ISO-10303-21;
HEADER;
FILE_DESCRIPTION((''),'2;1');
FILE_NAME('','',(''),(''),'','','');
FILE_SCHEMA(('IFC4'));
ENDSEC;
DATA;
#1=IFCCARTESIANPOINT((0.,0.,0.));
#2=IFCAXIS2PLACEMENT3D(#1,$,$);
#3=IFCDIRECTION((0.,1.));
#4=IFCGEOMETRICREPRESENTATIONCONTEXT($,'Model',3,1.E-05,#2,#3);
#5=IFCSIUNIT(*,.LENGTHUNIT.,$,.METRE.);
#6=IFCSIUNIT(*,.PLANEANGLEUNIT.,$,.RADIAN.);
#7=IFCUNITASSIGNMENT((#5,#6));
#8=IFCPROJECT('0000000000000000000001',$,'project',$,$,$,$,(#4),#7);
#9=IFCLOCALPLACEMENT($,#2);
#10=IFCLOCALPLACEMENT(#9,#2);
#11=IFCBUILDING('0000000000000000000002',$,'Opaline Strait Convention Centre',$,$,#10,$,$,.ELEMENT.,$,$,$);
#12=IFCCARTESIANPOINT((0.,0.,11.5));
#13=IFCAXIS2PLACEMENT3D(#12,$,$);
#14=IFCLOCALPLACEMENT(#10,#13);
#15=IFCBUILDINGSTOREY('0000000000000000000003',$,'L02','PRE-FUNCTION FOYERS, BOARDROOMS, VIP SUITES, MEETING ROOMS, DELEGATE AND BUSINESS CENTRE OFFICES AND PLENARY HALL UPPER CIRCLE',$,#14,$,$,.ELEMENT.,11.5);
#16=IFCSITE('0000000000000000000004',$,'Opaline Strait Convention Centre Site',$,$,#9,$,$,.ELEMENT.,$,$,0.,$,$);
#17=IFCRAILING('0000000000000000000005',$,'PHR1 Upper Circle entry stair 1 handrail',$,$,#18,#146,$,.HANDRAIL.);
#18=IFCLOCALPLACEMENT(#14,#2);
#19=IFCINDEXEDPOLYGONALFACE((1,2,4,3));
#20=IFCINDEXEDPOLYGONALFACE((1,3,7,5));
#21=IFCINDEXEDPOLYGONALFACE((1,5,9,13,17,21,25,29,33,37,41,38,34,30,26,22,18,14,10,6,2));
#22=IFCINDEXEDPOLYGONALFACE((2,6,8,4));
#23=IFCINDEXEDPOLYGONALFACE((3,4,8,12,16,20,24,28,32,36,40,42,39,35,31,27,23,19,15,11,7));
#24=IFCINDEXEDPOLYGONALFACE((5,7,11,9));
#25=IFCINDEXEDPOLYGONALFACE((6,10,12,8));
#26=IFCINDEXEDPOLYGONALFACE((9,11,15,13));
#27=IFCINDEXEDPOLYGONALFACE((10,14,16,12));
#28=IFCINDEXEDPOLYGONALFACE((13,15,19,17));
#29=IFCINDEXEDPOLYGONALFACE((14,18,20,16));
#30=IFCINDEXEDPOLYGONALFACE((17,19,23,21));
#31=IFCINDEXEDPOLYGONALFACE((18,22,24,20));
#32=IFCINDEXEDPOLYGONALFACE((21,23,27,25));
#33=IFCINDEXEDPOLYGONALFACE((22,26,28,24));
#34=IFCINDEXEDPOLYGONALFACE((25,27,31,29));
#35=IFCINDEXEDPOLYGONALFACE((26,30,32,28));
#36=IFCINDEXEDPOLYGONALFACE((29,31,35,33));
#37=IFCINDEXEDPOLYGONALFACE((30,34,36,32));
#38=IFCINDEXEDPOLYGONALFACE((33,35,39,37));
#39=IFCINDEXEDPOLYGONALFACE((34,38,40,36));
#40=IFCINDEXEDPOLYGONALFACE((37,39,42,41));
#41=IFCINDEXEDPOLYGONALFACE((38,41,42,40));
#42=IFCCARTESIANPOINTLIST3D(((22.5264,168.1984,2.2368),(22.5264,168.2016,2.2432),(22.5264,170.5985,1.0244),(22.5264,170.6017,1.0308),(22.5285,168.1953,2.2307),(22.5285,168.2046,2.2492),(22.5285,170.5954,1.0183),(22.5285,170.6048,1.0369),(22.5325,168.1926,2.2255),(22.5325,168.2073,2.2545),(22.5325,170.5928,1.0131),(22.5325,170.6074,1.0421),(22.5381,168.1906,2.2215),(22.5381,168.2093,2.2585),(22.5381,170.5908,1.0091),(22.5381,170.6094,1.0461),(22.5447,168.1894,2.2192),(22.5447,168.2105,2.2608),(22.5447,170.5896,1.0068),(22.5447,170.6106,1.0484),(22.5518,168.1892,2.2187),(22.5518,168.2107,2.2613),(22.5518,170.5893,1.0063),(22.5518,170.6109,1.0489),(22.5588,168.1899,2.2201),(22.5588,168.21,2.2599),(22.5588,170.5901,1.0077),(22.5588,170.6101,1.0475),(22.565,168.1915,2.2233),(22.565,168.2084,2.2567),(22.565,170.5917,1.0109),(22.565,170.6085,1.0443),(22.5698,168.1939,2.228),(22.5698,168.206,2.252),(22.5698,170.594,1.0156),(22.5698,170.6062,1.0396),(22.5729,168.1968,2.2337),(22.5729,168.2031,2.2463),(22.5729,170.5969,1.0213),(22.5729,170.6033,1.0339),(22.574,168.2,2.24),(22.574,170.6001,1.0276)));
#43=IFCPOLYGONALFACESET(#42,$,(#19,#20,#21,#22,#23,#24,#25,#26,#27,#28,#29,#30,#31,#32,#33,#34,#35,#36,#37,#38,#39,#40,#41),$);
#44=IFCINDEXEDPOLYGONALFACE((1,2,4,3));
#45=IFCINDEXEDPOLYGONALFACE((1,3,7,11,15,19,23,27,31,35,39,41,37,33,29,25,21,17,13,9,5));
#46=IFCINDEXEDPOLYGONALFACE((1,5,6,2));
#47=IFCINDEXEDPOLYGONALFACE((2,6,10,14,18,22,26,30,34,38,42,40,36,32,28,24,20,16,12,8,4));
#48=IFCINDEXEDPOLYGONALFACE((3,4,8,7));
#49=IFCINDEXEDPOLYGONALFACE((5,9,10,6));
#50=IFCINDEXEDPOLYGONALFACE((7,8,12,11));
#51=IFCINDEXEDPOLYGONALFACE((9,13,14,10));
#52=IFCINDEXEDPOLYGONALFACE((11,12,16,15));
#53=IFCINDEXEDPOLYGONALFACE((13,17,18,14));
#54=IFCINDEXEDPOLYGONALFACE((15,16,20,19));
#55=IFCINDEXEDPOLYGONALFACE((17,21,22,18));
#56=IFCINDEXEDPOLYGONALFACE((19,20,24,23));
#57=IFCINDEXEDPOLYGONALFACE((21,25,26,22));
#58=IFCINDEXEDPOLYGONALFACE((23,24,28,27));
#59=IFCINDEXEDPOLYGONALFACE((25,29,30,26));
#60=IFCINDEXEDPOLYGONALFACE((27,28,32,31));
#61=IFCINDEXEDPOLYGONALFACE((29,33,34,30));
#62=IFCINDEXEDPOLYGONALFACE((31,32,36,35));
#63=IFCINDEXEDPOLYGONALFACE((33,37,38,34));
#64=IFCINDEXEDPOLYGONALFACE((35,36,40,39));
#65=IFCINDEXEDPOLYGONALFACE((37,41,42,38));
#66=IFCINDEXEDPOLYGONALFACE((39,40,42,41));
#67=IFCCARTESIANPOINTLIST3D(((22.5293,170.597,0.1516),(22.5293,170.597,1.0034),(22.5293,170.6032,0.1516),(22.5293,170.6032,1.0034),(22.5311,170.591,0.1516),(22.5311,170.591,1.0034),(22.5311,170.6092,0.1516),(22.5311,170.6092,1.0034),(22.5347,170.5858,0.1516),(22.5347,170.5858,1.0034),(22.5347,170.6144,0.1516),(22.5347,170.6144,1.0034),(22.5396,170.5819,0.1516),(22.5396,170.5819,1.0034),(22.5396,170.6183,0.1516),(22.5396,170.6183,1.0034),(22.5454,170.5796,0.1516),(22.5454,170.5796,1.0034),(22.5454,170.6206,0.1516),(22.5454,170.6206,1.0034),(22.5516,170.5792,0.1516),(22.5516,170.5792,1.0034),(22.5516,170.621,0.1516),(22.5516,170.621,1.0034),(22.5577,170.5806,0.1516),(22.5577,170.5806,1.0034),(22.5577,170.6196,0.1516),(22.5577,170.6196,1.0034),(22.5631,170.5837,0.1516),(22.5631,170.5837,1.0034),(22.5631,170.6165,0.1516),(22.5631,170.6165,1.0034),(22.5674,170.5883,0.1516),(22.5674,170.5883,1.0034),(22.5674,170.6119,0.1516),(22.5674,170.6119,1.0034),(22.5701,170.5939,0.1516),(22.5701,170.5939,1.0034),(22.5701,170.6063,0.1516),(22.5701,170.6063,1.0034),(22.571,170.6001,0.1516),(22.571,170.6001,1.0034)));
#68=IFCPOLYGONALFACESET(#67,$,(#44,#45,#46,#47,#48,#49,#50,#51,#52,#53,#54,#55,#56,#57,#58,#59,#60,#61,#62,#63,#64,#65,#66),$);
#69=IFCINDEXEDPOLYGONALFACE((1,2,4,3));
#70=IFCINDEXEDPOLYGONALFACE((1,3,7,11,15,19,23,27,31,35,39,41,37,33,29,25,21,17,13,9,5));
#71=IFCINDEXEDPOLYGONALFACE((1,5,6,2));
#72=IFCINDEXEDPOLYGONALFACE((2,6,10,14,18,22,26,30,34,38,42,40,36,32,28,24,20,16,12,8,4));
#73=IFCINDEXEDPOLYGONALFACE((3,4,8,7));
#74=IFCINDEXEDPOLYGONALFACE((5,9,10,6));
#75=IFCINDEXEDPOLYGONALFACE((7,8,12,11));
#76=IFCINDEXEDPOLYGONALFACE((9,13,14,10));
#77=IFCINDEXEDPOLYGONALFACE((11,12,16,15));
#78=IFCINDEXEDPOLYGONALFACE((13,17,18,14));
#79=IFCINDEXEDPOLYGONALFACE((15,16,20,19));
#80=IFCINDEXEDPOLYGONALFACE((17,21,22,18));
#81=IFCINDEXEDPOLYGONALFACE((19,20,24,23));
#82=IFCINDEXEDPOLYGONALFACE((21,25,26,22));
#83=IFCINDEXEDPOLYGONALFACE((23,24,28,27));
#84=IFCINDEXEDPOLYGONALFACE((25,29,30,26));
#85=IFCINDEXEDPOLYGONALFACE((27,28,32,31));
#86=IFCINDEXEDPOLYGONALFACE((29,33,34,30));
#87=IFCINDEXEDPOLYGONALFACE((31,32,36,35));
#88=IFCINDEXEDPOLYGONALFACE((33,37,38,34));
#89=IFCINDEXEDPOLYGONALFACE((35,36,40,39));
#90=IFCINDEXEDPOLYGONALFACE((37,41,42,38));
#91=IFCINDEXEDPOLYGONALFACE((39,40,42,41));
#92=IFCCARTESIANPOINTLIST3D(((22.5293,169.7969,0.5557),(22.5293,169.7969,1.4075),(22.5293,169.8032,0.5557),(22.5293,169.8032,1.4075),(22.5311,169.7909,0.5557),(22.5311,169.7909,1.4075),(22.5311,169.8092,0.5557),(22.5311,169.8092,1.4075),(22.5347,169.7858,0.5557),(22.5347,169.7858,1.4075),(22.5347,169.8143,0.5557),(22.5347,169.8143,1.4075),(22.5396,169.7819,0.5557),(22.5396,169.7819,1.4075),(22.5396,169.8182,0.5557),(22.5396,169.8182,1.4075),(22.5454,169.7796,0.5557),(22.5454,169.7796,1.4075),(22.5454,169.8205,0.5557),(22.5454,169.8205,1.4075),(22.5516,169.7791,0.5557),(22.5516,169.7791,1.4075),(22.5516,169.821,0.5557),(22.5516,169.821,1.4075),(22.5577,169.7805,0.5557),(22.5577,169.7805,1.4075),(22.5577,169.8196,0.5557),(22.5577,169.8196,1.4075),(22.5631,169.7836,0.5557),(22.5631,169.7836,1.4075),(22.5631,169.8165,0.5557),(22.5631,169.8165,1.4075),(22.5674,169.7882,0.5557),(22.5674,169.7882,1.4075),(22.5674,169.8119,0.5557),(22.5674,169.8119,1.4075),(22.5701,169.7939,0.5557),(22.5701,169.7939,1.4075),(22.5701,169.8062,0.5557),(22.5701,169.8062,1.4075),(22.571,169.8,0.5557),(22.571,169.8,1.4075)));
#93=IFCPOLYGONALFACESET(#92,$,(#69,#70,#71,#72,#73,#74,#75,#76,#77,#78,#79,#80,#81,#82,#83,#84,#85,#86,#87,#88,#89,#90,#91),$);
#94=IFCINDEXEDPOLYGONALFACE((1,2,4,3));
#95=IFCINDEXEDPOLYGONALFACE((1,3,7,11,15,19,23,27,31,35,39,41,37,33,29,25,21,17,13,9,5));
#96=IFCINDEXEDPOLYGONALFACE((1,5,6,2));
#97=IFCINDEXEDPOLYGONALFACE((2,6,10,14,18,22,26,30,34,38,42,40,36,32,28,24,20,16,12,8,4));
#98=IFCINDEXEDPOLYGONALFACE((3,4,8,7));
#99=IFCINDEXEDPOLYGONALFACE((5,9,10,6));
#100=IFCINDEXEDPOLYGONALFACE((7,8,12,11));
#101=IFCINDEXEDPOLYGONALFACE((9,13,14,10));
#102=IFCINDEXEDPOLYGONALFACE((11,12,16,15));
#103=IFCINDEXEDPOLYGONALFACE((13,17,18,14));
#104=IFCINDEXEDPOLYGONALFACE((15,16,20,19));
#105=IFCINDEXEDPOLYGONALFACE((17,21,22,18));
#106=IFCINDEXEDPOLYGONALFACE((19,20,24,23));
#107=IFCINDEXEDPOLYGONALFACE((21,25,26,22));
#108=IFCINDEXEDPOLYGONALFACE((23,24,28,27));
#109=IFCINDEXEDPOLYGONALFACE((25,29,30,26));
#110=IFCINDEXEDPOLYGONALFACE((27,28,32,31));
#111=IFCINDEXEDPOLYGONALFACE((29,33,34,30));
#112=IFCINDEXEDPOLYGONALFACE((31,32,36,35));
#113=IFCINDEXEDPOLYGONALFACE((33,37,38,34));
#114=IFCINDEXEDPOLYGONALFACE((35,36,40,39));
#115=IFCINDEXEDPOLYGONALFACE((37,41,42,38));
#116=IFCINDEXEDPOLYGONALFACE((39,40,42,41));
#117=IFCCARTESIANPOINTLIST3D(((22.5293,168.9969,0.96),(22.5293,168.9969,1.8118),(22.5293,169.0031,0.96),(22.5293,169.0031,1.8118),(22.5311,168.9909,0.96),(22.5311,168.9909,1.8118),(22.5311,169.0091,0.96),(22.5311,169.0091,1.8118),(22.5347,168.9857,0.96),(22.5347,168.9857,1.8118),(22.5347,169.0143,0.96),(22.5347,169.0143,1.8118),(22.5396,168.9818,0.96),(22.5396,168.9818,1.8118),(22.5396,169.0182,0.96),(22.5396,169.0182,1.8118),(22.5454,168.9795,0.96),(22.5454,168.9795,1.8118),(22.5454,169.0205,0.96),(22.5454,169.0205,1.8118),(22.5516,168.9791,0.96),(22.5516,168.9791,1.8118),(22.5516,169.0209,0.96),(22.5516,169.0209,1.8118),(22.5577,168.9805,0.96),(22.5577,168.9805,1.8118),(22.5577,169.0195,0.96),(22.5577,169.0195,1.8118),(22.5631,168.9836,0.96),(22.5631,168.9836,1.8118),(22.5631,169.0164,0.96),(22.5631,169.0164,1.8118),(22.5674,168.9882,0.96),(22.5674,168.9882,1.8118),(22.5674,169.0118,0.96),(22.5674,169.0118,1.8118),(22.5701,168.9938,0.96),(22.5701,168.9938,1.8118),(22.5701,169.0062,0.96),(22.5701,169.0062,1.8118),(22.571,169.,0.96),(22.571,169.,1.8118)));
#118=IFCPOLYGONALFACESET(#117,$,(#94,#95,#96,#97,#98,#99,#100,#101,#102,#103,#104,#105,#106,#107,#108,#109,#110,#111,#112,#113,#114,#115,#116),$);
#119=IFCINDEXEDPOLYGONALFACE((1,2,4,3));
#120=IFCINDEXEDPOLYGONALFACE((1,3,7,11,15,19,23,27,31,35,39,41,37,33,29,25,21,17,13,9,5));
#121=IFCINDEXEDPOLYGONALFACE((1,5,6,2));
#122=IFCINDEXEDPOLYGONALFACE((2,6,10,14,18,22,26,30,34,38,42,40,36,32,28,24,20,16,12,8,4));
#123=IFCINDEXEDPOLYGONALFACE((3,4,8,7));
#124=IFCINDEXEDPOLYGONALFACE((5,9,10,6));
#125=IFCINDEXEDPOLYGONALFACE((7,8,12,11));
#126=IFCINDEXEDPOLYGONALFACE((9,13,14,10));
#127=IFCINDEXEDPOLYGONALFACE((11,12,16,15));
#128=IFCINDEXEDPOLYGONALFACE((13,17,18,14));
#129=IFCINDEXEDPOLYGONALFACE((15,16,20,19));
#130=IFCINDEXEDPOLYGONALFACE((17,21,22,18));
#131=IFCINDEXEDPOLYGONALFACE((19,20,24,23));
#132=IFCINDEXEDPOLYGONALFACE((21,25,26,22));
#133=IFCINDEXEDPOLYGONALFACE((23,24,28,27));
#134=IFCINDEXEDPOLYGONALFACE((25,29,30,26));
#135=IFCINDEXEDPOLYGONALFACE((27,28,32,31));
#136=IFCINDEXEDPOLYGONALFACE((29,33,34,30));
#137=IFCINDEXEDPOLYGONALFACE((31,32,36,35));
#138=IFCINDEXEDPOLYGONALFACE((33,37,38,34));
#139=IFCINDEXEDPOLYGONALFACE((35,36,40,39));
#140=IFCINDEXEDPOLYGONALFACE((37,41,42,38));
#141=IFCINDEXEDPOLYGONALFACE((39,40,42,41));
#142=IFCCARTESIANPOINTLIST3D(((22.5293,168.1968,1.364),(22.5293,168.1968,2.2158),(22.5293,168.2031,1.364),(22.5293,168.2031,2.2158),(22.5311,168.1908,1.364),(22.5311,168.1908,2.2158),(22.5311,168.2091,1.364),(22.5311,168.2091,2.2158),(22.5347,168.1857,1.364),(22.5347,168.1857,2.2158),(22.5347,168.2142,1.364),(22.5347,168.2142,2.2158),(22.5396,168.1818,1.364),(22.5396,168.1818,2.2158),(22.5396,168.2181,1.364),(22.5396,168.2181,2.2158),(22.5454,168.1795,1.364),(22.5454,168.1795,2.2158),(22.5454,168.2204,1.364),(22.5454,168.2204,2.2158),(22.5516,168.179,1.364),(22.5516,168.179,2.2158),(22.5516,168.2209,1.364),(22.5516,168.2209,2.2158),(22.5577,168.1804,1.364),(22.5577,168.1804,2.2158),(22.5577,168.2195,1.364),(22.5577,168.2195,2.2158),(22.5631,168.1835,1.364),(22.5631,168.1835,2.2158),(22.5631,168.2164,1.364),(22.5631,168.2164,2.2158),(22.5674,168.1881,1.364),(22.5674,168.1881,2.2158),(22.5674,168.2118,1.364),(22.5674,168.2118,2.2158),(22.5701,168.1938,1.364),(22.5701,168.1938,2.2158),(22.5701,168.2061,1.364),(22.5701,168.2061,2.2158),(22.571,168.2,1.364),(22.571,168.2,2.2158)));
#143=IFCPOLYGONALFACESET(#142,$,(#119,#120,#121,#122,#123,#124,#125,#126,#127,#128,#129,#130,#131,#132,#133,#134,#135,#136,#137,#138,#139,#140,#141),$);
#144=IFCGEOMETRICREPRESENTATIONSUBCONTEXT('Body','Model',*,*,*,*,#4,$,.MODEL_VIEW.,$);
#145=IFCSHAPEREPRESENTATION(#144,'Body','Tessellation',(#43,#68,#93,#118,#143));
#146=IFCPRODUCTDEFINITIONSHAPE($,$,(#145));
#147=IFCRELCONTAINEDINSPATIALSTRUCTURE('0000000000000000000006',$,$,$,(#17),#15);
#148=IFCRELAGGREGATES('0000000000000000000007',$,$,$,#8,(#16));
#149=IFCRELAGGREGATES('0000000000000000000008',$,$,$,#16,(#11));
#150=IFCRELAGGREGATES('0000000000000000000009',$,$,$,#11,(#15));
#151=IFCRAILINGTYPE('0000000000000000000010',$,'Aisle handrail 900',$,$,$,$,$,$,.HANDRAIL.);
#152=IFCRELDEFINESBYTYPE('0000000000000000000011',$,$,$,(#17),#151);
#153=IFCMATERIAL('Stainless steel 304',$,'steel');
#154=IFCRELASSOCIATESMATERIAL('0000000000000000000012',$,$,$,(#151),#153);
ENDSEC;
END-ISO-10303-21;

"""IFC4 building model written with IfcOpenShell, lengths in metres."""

from ifc_helpers import new_model, si_unit, direction, frame, origin, origin_2d, place, context, subcontext, project, spatial, circle, extrude, material, type_object, element, save


model = new_model("IFC4")

# Units and contexts
model_context = context("Model", 3, precision=1e-05, world=origin(), true_north=direction((0.0, 1.0)))
body_context = subcontext(model_context, "Body", "Model", "MODEL_VIEW")
ifc_project = project(units=[si_unit("LENGTHUNIT", "METRE"), si_unit("PLANEANGLEUNIT", "RADIAN")], contexts=[model_context])

# Site, building, storey
site_placement = place(None, origin())
site = spatial("IfcSite", under=ifc_project, at=site_placement, Name="Opaline Strait Convention Centre Site", CompositionType="ELEMENT", RefElevation=0.0)
building_placement = place(site_placement, origin())
building = spatial("IfcBuilding", under=site, at=building_placement, Name="Opaline Strait Convention Centre", CompositionType="ELEMENT")
storey_placement = place(building_placement, frame((0.0, 0.0, 11.5)))
storey = spatial("IfcBuildingStorey", under=building, at=storey_placement, Name="L02", Description="PRE-FUNCTION FOYERS, BOARDROOMS, VIP SUITES, MEETING ROOMS, DELEGATE AND BUSINESS CENTRE OFFICES AND PLENARY HALL UPPER CIRCLE", CompositionType="ELEMENT", Elevation=11.5)

# Railing
ifc_material_1 = material(Name="Stainless steel 304", Category="steel")
railing_type_1 = type_object("IfcRailingType", Name="Aisle handrail 900", PredefinedType="HANDRAIL", material=ifc_material_1)
for number, where, name in (
    (1, (22.55, 170.6001, 0.1516), "PHR1 Upper Circle entry stair 1 handrail"),
):
    element("IfcRailing", number, at=place(storey_placement, frame(where)), inside=storey, type_object=railing_type_1, Name=name, PredefinedType="HANDRAIL", context=body_context, shape_type="SweptSolid", body=[
        extrude(circle(Radius=0.0239, at=origin_2d()), frame((0.0, 0.0, 0.876), z_axis=(0.0, -0.892586, 0.450878), x_axis=(1.0, 0.0, 0.0)), (0.0, 0.0, 1.0), 2.689),
        extrude(circle(Radius=0.021, at=origin_2d()), origin(), (0.0, 0.0, 1.0), 0.8518),
        extrude(circle(Radius=0.021, at=origin_2d()), frame((0.0, -0.8, 0.4041)), (0.0, 0.0, 1.0), 0.8518),
        extrude(circle(Radius=0.021, at=origin_2d()), frame((0.0, -1.6001, 0.8083)), (0.0, 0.0, 1.0), 0.8518),
        extrude(circle(Radius=0.021, at=origin_2d()), frame((0.0, -2.4001, 1.2124)), (0.0, 0.0, 1.0), 0.8518),
    ])

save(model, "model.ifc")
